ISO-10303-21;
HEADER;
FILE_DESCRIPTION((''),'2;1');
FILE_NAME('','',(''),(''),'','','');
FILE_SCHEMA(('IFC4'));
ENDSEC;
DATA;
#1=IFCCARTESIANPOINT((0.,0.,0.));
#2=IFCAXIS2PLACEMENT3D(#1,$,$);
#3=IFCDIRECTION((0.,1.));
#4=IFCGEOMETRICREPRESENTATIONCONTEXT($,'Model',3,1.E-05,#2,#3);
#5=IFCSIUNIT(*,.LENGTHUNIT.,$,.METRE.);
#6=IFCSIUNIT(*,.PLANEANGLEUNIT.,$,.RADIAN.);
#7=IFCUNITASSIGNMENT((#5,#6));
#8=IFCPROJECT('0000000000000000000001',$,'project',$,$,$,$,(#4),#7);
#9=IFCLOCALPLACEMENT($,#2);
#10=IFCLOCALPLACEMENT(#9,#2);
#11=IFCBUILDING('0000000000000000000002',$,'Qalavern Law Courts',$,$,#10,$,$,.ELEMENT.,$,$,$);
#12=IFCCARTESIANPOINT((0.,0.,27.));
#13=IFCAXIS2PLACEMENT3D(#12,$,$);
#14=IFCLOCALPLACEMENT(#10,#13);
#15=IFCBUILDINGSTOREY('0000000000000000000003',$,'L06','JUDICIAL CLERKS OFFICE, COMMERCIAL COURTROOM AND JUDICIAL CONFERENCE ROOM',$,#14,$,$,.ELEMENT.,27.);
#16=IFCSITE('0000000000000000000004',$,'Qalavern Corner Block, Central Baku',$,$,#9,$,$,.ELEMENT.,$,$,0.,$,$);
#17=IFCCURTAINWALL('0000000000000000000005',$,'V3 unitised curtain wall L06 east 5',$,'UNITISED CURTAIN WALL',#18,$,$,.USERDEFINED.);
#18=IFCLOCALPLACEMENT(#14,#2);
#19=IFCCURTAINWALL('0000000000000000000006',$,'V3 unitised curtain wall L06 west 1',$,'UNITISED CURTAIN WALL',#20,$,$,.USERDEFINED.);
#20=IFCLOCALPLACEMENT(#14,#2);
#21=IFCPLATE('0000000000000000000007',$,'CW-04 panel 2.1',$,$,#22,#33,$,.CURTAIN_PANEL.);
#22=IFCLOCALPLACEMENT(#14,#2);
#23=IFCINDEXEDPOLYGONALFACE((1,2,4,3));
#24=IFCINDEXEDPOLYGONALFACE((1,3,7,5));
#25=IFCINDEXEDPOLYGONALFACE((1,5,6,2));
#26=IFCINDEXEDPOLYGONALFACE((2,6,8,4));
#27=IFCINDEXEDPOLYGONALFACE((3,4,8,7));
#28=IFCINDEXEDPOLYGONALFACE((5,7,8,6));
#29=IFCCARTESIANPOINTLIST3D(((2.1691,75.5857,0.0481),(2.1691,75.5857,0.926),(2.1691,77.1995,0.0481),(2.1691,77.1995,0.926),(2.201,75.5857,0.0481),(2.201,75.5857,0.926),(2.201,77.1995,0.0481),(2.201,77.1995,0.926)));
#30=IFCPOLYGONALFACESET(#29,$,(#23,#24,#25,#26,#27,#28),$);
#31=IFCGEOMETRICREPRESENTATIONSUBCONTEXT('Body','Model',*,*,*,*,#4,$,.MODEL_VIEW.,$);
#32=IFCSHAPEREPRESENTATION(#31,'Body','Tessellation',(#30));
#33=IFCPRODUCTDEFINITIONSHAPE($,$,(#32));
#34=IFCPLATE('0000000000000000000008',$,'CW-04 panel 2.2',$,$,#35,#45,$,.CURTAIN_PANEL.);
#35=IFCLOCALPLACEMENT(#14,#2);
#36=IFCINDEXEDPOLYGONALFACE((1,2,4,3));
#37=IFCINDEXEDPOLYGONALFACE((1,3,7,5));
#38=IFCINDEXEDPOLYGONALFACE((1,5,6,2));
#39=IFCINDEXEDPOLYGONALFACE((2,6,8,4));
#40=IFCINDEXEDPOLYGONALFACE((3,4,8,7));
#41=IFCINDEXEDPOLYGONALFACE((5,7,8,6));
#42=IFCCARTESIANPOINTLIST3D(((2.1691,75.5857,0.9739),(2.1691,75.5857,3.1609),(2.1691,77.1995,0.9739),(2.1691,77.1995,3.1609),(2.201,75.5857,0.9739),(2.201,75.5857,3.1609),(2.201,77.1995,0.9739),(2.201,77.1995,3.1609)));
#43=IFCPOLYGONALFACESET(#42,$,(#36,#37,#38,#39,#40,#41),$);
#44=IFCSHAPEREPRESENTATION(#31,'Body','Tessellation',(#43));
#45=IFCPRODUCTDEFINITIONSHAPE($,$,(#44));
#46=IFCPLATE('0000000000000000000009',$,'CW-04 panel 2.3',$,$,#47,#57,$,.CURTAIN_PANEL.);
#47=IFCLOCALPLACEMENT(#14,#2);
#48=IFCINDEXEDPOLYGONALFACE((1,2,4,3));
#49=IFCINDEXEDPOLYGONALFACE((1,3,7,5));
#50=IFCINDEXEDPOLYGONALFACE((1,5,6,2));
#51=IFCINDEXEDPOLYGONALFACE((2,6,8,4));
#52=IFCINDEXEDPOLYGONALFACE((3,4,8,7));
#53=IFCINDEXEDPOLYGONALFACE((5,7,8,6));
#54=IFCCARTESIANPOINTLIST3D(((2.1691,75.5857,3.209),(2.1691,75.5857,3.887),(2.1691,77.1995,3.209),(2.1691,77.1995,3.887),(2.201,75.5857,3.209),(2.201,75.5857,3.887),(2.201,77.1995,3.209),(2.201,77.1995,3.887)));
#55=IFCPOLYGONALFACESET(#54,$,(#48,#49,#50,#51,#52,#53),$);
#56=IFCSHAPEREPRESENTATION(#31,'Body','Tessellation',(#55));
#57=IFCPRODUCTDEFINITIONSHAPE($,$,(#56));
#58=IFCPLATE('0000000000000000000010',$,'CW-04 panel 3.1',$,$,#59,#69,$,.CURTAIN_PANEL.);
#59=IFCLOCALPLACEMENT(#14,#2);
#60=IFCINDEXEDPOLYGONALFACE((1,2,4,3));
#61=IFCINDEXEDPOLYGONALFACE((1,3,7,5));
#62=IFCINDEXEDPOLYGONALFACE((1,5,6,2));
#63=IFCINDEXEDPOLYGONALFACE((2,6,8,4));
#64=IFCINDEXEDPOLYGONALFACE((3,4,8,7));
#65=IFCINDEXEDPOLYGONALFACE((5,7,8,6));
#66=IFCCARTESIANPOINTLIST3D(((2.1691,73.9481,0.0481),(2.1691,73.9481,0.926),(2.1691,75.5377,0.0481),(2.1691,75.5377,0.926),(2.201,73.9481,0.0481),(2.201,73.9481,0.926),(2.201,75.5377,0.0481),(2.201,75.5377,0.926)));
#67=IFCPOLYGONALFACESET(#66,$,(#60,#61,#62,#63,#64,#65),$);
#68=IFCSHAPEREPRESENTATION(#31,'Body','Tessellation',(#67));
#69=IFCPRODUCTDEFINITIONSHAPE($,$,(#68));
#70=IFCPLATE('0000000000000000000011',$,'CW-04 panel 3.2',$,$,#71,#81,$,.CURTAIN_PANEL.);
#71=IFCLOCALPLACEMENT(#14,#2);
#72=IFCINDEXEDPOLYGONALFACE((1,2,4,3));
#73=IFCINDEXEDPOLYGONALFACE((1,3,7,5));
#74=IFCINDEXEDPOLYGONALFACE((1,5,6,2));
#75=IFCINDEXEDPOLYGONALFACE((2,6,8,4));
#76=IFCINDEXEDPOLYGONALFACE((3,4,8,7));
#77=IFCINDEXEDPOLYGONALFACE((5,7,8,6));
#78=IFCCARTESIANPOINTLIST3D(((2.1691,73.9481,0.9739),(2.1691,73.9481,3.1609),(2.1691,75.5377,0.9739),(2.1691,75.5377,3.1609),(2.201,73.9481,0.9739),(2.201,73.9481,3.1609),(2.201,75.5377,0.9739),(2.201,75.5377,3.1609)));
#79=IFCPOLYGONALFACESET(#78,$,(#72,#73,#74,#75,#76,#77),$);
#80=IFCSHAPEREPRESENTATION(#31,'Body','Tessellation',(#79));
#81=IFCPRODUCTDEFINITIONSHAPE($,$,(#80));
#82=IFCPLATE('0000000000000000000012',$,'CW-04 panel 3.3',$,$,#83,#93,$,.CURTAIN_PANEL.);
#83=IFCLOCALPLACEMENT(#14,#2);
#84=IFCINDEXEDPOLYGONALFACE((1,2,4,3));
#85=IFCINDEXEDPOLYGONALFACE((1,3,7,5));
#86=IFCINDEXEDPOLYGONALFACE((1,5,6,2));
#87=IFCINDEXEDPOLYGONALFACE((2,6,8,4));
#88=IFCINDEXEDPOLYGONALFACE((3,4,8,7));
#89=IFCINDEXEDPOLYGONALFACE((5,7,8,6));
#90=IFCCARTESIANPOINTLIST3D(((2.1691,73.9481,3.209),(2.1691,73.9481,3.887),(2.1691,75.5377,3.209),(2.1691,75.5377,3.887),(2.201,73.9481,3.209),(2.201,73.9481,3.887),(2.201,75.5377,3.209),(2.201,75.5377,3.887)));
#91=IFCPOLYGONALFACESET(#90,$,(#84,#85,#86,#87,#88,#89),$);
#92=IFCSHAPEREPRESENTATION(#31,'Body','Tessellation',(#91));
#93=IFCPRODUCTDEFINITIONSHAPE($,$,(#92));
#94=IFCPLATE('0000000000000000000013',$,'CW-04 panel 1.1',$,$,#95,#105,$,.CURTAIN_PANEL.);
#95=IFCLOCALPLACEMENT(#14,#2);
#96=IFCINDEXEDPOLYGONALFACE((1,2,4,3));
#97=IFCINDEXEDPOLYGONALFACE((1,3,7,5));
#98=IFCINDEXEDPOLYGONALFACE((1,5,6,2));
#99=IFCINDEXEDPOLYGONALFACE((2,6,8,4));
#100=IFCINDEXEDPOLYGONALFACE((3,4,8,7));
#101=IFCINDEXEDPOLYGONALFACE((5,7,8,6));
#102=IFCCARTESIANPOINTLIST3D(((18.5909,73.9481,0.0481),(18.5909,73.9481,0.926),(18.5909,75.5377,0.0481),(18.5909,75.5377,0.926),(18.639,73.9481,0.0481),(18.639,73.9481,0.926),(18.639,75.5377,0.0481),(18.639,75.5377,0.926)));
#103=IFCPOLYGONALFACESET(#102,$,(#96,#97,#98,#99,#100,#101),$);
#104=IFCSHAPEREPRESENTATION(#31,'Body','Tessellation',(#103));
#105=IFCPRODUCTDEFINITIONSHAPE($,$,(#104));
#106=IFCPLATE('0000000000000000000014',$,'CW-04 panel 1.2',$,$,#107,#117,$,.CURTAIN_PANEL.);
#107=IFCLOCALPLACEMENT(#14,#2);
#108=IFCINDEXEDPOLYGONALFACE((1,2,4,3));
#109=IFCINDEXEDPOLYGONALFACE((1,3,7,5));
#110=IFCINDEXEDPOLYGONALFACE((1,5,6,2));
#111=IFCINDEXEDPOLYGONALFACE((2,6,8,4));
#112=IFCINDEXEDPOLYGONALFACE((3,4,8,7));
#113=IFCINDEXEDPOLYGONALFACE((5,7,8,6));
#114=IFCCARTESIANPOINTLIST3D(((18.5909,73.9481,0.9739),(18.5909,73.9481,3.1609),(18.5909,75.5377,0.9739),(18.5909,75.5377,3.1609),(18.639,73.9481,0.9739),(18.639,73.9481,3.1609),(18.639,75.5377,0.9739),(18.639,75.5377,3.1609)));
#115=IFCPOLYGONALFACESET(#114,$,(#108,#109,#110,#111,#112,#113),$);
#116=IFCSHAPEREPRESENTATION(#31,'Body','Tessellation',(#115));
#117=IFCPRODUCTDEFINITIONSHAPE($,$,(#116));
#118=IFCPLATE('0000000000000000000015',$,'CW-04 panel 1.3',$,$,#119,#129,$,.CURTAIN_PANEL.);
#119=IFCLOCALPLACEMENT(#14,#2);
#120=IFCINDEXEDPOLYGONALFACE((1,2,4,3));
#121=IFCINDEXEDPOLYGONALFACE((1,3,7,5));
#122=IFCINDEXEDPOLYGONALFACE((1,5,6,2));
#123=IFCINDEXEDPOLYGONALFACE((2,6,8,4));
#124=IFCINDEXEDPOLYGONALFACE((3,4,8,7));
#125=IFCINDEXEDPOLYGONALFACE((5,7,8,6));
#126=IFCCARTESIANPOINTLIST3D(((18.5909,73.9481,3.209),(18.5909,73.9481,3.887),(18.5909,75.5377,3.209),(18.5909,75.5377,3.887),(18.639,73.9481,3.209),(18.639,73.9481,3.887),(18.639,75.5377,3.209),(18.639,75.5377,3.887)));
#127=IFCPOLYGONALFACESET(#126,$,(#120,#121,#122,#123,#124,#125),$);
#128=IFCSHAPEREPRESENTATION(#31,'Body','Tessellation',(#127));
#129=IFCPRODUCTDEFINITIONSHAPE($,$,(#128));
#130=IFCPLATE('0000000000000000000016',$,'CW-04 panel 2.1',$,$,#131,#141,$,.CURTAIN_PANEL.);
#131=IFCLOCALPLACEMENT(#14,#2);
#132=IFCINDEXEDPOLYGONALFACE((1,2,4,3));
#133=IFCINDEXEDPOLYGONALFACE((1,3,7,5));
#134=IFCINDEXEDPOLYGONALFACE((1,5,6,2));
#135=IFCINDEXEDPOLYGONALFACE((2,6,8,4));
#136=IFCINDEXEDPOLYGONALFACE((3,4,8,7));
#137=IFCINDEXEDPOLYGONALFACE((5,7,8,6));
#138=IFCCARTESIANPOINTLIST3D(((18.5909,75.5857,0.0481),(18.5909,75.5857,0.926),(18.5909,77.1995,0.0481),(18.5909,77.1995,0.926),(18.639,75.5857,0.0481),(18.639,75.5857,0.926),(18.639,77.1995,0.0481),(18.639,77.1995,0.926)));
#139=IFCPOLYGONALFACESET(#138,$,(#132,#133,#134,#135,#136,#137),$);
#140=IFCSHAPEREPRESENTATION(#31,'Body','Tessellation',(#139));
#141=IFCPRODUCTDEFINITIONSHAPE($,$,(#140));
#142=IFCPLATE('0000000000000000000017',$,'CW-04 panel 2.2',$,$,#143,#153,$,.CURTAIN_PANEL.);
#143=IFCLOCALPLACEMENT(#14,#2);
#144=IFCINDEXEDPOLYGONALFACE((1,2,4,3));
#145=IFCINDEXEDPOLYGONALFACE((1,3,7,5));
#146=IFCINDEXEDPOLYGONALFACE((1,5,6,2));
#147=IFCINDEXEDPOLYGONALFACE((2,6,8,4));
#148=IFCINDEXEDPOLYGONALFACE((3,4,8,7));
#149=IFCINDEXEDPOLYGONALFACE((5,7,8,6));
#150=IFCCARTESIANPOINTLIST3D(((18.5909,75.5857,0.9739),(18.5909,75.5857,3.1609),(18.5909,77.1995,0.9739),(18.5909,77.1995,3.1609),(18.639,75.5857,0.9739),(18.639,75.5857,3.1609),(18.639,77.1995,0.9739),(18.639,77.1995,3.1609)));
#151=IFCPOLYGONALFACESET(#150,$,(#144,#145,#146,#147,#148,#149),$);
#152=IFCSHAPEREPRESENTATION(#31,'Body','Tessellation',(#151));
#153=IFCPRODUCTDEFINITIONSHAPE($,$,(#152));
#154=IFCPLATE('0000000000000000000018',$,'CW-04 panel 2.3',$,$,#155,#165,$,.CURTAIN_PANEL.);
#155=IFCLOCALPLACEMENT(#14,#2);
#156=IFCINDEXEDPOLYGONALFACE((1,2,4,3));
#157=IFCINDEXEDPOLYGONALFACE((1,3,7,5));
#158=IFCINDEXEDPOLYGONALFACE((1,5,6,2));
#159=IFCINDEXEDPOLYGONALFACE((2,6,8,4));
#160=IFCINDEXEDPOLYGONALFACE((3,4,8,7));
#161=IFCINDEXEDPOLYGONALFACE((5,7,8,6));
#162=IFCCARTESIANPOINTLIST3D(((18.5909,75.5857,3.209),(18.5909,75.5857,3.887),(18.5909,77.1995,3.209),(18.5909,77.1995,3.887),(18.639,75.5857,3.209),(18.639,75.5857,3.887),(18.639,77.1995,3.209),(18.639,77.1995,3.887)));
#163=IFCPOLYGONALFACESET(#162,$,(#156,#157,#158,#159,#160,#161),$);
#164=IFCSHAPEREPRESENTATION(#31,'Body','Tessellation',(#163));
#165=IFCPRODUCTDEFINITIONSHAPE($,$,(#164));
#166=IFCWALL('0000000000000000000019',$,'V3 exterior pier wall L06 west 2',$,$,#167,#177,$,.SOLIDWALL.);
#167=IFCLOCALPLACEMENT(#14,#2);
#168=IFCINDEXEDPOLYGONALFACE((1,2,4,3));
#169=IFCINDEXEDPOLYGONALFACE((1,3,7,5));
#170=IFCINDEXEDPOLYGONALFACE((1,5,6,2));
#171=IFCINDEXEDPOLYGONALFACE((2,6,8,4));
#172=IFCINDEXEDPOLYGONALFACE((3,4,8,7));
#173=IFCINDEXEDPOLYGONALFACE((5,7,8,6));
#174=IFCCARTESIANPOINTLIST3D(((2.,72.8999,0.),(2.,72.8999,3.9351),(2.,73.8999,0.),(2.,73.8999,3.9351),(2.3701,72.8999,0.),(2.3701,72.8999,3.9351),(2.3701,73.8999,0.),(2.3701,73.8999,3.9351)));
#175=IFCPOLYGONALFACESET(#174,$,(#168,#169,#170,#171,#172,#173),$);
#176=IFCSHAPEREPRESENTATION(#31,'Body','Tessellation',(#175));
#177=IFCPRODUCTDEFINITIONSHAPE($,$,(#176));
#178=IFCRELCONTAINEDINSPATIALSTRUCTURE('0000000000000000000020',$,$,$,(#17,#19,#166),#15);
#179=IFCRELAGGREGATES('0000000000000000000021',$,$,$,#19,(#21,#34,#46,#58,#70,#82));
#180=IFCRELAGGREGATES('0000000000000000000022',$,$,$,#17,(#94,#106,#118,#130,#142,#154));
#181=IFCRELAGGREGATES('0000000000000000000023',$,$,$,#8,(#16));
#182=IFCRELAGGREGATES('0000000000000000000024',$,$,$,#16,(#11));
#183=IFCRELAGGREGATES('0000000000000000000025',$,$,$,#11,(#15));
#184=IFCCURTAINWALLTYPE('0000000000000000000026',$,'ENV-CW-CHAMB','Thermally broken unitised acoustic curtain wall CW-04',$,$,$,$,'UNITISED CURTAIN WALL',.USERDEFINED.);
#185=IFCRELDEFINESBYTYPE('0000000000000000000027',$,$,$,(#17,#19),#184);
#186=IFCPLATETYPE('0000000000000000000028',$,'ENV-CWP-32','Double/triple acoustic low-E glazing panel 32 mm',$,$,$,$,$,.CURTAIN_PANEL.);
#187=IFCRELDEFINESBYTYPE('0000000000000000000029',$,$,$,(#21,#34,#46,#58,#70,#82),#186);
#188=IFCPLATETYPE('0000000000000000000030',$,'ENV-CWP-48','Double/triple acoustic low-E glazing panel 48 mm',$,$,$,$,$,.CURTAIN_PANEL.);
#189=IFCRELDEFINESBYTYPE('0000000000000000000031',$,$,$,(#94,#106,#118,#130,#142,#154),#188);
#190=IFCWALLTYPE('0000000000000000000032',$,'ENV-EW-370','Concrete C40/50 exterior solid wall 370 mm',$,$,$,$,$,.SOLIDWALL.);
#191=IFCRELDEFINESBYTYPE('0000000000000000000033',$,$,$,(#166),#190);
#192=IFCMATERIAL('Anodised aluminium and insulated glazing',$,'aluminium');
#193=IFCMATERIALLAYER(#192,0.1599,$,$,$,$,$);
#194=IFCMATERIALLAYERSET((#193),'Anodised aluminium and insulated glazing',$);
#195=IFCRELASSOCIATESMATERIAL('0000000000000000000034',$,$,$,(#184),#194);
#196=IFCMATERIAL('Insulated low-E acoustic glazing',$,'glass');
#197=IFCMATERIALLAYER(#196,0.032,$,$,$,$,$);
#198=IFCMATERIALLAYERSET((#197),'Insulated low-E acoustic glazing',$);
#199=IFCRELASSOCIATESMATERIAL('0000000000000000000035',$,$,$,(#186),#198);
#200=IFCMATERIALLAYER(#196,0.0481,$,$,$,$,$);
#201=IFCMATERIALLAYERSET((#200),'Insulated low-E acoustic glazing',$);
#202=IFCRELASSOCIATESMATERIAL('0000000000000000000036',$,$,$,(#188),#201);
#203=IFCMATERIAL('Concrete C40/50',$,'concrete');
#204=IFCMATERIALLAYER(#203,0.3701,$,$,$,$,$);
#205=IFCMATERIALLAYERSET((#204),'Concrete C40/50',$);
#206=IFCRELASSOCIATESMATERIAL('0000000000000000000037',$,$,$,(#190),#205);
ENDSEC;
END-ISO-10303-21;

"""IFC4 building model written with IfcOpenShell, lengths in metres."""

from ifc_helpers import new_model, si_unit, direction, frame, frame_2d, origin, origin_2d, place, context, subcontext, project, spatial, rectangle, extrude, material, layer, layer_set, type_object, element, aggregate, save


model = new_model("IFC4")

# Units and contexts
model_context = context("Model", 3, precision=1e-05, world=origin(), true_north=direction((0.0, 1.0)))
body_context = subcontext(model_context, "Body", "Model", "MODEL_VIEW")
ifc_project = project(units=[si_unit("LENGTHUNIT", "METRE"), si_unit("PLANEANGLEUNIT", "RADIAN")], contexts=[model_context])

# Site, building, storey
site_placement = place(None, origin())
site = spatial("IfcSite", under=ifc_project, at=site_placement, Name="Qalavern Corner Block, Central Baku", CompositionType="ELEMENT", RefElevation=0.0)
building_placement = place(site_placement, origin())
building = spatial("IfcBuilding", under=site, at=building_placement, Name="Qalavern Law Courts", CompositionType="ELEMENT")
storey_placement = place(building_placement, frame((0.0, 0.0, 27.0)))
storey = spatial("IfcBuildingStorey", under=building, at=storey_placement, Name="L06", Description="JUDICIAL CLERKS OFFICE, COMMERCIAL COURTROOM AND JUDICIAL CONFERENCE ROOM", CompositionType="ELEMENT", Elevation=27.0)

# Curtain walls
ifc_material_1 = material(Name="Anodised aluminium and insulated glazing", Category="aluminium")
ifc_layer_1 = layer(ifc_material_1, 0.1599)
ifc_layer_set_1 = layer_set([ifc_layer_1], Name="Anodised aluminium and insulated glazing")
curtain_wall_type = type_object("IfcCurtainWallType", Name="ENV-CW-CHAMB", Description="Thermally broken unitised acoustic curtain wall CW-04", ElementType="UNITISED CURTAIN WALL", PredefinedType="USERDEFINED", material=ifc_layer_set_1)
curtain_wall_1_placement = place(storey_placement, origin())
curtain_wall_1 = element("IfcCurtainWall", 1, at=curtain_wall_1_placement, inside=storey, type_object=curtain_wall_type, Name="V3 unitised curtain wall L06 east 5", ObjectType="UNITISED CURTAIN WALL", PredefinedType="USERDEFINED")
curtain_wall_2_placement = place(storey_placement, origin())
curtain_wall_2 = element("IfcCurtainWall", 2, at=curtain_wall_2_placement, inside=storey, type_object=curtain_wall_type, Name="V3 unitised curtain wall L06 west 1", ObjectType="UNITISED CURTAIN WALL", PredefinedType="USERDEFINED")

# Plates
ifc_material_2 = material(Name="Insulated low-E acoustic glazing", Category="glass")
ifc_layer_2 = layer(ifc_material_2, 0.032)
ifc_layer_set_2 = layer_set([ifc_layer_2], Name="Insulated low-E acoustic glazing")
plate_type_1 = type_object("IfcPlateType", Name="ENV-CWP-32", Description="Double/triple acoustic low-E glazing panel 32 mm", PredefinedType="CURTAIN_PANEL", material=ifc_layer_set_2)
plate_1_placement = place(storey_placement, frame((2.1851, 76.3926, 0.0481), z_axis=(0.0, 0.0, 1.0), x_axis=(0.0, -1.0, 0.0)))
plate_1 = element("IfcPlate", 3, at=plate_1_placement, type_object=plate_type_1, Name="CW-04 panel 2.1", PredefinedType="CURTAIN_PANEL", context=body_context, shape_type="SweptSolid", body=[
    extrude(rectangle(XDim=1.6138, YDim=0.032, at=origin_2d()), origin(), (0.0, 0.0, 1.0), 0.8779),
])
plate_2_placement = place(storey_placement, frame((2.1851, 76.3926, 0.9739), z_axis=(0.0, 0.0, 1.0), x_axis=(0.0, -1.0, 0.0)))
plate_2 = element("IfcPlate", 4, at=plate_2_placement, type_object=plate_type_1, Name="CW-04 panel 2.2", PredefinedType="CURTAIN_PANEL", context=body_context, shape_type="SweptSolid", body=[
    extrude(rectangle(XDim=1.6138, YDim=0.032, at=origin_2d()), origin(), (0.0, 0.0, 1.0), 2.187),
])
plate_3_placement = place(storey_placement, frame((2.1851, 76.3926, 3.209), z_axis=(0.0, 0.0, 1.0), x_axis=(0.0, -1.0, 0.0)))
plate_3 = element("IfcPlate", 5, at=plate_3_placement, type_object=plate_type_1, Name="CW-04 panel 2.3", PredefinedType="CURTAIN_PANEL", context=body_context, shape_type="SweptSolid", body=[
    extrude(rectangle(XDim=1.6138, YDim=0.032, at=origin_2d()), origin(), (0.0, 0.0, 1.0), 0.678),
])
plate_4_placement = place(storey_placement, frame((2.1851, 74.7429, 0.0481), z_axis=(0.0, 0.0, 1.0), x_axis=(0.0, -1.0, 0.0)))
plate_4 = element("IfcPlate", 6, at=plate_4_placement, type_object=plate_type_1, Name="CW-04 panel 3.1", PredefinedType="CURTAIN_PANEL", context=body_context, shape_type="SweptSolid", body=[
    extrude(rectangle(XDim=1.5896, YDim=0.032, at=origin_2d()), origin(), (0.0, 0.0, 1.0), 0.8779),
])
plate_5_placement = place(storey_placement, frame((2.1851, 74.7429, 0.9739), z_axis=(0.0, 0.0, 1.0), x_axis=(0.0, -1.0, 0.0)))
plate_5 = element("IfcPlate", 7, at=plate_5_placement, type_object=plate_type_1, Name="CW-04 panel 3.2", PredefinedType="CURTAIN_PANEL", context=body_context, shape_type="SweptSolid", body=[
    extrude(rectangle(XDim=1.5896, YDim=0.032, at=origin_2d()), origin(), (0.0, 0.0, 1.0), 2.187),
])
plate_6_placement = place(storey_placement, frame((2.1851, 74.7429, 3.209), z_axis=(0.0, 0.0, 1.0), x_axis=(0.0, -1.0, 0.0)))
plate_6 = element("IfcPlate", 8, at=plate_6_placement, type_object=plate_type_1, Name="CW-04 panel 3.3", PredefinedType="CURTAIN_PANEL", context=body_context, shape_type="SweptSolid", body=[
    extrude(rectangle(XDim=1.5896, YDim=0.032, at=origin_2d()), origin(), (0.0, 0.0, 1.0), 0.678),
])
aggregate(curtain_wall_2, [plate_1, plate_2, plate_3, plate_4, plate_5, plate_6])
ifc_layer_3 = layer(ifc_material_2, 0.0481)
ifc_layer_set_3 = layer_set([ifc_layer_3], Name="Insulated low-E acoustic glazing")
plate_type_2 = type_object("IfcPlateType", Name="ENV-CWP-48", Description="Double/triple acoustic low-E glazing panel 48 mm", PredefinedType="CURTAIN_PANEL", material=ifc_layer_set_3)
plate_7_placement = place(storey_placement, frame((18.615, 74.7429, 0.0481), z_axis=(0.0, 0.0, 1.0), x_axis=(0.0, 1.0, 0.0)))
plate_7 = element("IfcPlate", 9, at=plate_7_placement, type_object=plate_type_2, Name="CW-04 panel 1.1", PredefinedType="CURTAIN_PANEL", context=body_context, shape_type="SweptSolid", body=[
    extrude(rectangle(XDim=1.5896, YDim=0.0481, at=origin_2d()), origin(), (0.0, 0.0, 1.0), 0.8779),
])
plate_8_placement = place(storey_placement, frame((18.615, 74.7429, 0.9739), z_axis=(0.0, 0.0, 1.0), x_axis=(0.0, 1.0, 0.0)))
plate_8 = element("IfcPlate", 10, at=plate_8_placement, type_object=plate_type_2, Name="CW-04 panel 1.2", PredefinedType="CURTAIN_PANEL", context=body_context, shape_type="SweptSolid", body=[
    extrude(rectangle(XDim=1.5896, YDim=0.0481, at=origin_2d()), origin(), (0.0, 0.0, 1.0), 2.187),
])
plate_9_placement = place(storey_placement, frame((18.615, 74.7429, 3.209), z_axis=(0.0, 0.0, 1.0), x_axis=(0.0, 1.0, 0.0)))
plate_9 = element("IfcPlate", 11, at=plate_9_placement, type_object=plate_type_2, Name="CW-04 panel 1.3", PredefinedType="CURTAIN_PANEL", context=body_context, shape_type="SweptSolid", body=[
    extrude(rectangle(XDim=1.5896, YDim=0.0481, at=origin_2d()), origin(), (0.0, 0.0, 1.0), 0.678),
])
plate_10_placement = place(storey_placement, frame((18.615, 76.3926, 0.0481), z_axis=(0.0, 0.0, 1.0), x_axis=(0.0, 1.0, 0.0)))
plate_10 = element("IfcPlate", 12, at=plate_10_placement, type_object=plate_type_2, Name="CW-04 panel 2.1", PredefinedType="CURTAIN_PANEL", context=body_context, shape_type="SweptSolid", body=[
    extrude(rectangle(XDim=1.6138, YDim=0.0481, at=origin_2d()), origin(), (0.0, 0.0, 1.0), 0.8779),
])
plate_11_placement = place(storey_placement, frame((18.615, 76.3926, 0.9739), z_axis=(0.0, 0.0, 1.0), x_axis=(0.0, 1.0, 0.0)))
plate_11 = element("IfcPlate", 13, at=plate_11_placement, type_object=plate_type_2, Name="CW-04 panel 2.2", PredefinedType="CURTAIN_PANEL", context=body_context, shape_type="SweptSolid", body=[
    extrude(rectangle(XDim=1.6138, YDim=0.0481, at=origin_2d()), origin(), (0.0, 0.0, 1.0), 2.187),
])
plate_12_placement = place(storey_placement, frame((18.615, 76.3926, 3.209), z_axis=(0.0, 0.0, 1.0), x_axis=(0.0, 1.0, 0.0)))
plate_12 = element("IfcPlate", 14, at=plate_12_placement, type_object=plate_type_2, Name="CW-04 panel 2.3", PredefinedType="CURTAIN_PANEL", context=body_context, shape_type="SweptSolid", body=[
    extrude(rectangle(XDim=1.6138, YDim=0.0481, at=origin_2d()), origin(), (0.0, 0.0, 1.0), 0.678),
])
aggregate(curtain_wall_1, [plate_7, plate_8, plate_9, plate_10, plate_11, plate_12])

# Wall
ifc_material_3 = material(Name="Concrete C40/50", Category="concrete")
ifc_layer_4 = layer(ifc_material_3, 0.3701)
ifc_layer_set_4 = layer_set([ifc_layer_4], Name="Concrete C40/50")
wall_type = type_object("IfcWallType", Name="ENV-EW-370", Description="Concrete C40/50 exterior solid wall 370 mm", PredefinedType="SOLIDWALL", material=ifc_layer_set_4)
wall_placement = place(storey_placement, frame((2.1851, 73.8999, 0.0), z_axis=(0.0, 0.0, 1.0), x_axis=(0.0, -1.0, 0.0)))
element("IfcWall", 15, at=wall_placement, inside=storey, type_object=wall_type, Name="V3 exterior pier wall L06 west 2", PredefinedType="SOLIDWALL", context=body_context, shape_type="SweptSolid", body=[
    extrude(rectangle(XDim=1.0, YDim=0.3701, at=frame_2d((0.5, 0.0))), origin(), (0.0, 0.0, 1.0), 3.9351),
])

save(model, "model.ifc")
